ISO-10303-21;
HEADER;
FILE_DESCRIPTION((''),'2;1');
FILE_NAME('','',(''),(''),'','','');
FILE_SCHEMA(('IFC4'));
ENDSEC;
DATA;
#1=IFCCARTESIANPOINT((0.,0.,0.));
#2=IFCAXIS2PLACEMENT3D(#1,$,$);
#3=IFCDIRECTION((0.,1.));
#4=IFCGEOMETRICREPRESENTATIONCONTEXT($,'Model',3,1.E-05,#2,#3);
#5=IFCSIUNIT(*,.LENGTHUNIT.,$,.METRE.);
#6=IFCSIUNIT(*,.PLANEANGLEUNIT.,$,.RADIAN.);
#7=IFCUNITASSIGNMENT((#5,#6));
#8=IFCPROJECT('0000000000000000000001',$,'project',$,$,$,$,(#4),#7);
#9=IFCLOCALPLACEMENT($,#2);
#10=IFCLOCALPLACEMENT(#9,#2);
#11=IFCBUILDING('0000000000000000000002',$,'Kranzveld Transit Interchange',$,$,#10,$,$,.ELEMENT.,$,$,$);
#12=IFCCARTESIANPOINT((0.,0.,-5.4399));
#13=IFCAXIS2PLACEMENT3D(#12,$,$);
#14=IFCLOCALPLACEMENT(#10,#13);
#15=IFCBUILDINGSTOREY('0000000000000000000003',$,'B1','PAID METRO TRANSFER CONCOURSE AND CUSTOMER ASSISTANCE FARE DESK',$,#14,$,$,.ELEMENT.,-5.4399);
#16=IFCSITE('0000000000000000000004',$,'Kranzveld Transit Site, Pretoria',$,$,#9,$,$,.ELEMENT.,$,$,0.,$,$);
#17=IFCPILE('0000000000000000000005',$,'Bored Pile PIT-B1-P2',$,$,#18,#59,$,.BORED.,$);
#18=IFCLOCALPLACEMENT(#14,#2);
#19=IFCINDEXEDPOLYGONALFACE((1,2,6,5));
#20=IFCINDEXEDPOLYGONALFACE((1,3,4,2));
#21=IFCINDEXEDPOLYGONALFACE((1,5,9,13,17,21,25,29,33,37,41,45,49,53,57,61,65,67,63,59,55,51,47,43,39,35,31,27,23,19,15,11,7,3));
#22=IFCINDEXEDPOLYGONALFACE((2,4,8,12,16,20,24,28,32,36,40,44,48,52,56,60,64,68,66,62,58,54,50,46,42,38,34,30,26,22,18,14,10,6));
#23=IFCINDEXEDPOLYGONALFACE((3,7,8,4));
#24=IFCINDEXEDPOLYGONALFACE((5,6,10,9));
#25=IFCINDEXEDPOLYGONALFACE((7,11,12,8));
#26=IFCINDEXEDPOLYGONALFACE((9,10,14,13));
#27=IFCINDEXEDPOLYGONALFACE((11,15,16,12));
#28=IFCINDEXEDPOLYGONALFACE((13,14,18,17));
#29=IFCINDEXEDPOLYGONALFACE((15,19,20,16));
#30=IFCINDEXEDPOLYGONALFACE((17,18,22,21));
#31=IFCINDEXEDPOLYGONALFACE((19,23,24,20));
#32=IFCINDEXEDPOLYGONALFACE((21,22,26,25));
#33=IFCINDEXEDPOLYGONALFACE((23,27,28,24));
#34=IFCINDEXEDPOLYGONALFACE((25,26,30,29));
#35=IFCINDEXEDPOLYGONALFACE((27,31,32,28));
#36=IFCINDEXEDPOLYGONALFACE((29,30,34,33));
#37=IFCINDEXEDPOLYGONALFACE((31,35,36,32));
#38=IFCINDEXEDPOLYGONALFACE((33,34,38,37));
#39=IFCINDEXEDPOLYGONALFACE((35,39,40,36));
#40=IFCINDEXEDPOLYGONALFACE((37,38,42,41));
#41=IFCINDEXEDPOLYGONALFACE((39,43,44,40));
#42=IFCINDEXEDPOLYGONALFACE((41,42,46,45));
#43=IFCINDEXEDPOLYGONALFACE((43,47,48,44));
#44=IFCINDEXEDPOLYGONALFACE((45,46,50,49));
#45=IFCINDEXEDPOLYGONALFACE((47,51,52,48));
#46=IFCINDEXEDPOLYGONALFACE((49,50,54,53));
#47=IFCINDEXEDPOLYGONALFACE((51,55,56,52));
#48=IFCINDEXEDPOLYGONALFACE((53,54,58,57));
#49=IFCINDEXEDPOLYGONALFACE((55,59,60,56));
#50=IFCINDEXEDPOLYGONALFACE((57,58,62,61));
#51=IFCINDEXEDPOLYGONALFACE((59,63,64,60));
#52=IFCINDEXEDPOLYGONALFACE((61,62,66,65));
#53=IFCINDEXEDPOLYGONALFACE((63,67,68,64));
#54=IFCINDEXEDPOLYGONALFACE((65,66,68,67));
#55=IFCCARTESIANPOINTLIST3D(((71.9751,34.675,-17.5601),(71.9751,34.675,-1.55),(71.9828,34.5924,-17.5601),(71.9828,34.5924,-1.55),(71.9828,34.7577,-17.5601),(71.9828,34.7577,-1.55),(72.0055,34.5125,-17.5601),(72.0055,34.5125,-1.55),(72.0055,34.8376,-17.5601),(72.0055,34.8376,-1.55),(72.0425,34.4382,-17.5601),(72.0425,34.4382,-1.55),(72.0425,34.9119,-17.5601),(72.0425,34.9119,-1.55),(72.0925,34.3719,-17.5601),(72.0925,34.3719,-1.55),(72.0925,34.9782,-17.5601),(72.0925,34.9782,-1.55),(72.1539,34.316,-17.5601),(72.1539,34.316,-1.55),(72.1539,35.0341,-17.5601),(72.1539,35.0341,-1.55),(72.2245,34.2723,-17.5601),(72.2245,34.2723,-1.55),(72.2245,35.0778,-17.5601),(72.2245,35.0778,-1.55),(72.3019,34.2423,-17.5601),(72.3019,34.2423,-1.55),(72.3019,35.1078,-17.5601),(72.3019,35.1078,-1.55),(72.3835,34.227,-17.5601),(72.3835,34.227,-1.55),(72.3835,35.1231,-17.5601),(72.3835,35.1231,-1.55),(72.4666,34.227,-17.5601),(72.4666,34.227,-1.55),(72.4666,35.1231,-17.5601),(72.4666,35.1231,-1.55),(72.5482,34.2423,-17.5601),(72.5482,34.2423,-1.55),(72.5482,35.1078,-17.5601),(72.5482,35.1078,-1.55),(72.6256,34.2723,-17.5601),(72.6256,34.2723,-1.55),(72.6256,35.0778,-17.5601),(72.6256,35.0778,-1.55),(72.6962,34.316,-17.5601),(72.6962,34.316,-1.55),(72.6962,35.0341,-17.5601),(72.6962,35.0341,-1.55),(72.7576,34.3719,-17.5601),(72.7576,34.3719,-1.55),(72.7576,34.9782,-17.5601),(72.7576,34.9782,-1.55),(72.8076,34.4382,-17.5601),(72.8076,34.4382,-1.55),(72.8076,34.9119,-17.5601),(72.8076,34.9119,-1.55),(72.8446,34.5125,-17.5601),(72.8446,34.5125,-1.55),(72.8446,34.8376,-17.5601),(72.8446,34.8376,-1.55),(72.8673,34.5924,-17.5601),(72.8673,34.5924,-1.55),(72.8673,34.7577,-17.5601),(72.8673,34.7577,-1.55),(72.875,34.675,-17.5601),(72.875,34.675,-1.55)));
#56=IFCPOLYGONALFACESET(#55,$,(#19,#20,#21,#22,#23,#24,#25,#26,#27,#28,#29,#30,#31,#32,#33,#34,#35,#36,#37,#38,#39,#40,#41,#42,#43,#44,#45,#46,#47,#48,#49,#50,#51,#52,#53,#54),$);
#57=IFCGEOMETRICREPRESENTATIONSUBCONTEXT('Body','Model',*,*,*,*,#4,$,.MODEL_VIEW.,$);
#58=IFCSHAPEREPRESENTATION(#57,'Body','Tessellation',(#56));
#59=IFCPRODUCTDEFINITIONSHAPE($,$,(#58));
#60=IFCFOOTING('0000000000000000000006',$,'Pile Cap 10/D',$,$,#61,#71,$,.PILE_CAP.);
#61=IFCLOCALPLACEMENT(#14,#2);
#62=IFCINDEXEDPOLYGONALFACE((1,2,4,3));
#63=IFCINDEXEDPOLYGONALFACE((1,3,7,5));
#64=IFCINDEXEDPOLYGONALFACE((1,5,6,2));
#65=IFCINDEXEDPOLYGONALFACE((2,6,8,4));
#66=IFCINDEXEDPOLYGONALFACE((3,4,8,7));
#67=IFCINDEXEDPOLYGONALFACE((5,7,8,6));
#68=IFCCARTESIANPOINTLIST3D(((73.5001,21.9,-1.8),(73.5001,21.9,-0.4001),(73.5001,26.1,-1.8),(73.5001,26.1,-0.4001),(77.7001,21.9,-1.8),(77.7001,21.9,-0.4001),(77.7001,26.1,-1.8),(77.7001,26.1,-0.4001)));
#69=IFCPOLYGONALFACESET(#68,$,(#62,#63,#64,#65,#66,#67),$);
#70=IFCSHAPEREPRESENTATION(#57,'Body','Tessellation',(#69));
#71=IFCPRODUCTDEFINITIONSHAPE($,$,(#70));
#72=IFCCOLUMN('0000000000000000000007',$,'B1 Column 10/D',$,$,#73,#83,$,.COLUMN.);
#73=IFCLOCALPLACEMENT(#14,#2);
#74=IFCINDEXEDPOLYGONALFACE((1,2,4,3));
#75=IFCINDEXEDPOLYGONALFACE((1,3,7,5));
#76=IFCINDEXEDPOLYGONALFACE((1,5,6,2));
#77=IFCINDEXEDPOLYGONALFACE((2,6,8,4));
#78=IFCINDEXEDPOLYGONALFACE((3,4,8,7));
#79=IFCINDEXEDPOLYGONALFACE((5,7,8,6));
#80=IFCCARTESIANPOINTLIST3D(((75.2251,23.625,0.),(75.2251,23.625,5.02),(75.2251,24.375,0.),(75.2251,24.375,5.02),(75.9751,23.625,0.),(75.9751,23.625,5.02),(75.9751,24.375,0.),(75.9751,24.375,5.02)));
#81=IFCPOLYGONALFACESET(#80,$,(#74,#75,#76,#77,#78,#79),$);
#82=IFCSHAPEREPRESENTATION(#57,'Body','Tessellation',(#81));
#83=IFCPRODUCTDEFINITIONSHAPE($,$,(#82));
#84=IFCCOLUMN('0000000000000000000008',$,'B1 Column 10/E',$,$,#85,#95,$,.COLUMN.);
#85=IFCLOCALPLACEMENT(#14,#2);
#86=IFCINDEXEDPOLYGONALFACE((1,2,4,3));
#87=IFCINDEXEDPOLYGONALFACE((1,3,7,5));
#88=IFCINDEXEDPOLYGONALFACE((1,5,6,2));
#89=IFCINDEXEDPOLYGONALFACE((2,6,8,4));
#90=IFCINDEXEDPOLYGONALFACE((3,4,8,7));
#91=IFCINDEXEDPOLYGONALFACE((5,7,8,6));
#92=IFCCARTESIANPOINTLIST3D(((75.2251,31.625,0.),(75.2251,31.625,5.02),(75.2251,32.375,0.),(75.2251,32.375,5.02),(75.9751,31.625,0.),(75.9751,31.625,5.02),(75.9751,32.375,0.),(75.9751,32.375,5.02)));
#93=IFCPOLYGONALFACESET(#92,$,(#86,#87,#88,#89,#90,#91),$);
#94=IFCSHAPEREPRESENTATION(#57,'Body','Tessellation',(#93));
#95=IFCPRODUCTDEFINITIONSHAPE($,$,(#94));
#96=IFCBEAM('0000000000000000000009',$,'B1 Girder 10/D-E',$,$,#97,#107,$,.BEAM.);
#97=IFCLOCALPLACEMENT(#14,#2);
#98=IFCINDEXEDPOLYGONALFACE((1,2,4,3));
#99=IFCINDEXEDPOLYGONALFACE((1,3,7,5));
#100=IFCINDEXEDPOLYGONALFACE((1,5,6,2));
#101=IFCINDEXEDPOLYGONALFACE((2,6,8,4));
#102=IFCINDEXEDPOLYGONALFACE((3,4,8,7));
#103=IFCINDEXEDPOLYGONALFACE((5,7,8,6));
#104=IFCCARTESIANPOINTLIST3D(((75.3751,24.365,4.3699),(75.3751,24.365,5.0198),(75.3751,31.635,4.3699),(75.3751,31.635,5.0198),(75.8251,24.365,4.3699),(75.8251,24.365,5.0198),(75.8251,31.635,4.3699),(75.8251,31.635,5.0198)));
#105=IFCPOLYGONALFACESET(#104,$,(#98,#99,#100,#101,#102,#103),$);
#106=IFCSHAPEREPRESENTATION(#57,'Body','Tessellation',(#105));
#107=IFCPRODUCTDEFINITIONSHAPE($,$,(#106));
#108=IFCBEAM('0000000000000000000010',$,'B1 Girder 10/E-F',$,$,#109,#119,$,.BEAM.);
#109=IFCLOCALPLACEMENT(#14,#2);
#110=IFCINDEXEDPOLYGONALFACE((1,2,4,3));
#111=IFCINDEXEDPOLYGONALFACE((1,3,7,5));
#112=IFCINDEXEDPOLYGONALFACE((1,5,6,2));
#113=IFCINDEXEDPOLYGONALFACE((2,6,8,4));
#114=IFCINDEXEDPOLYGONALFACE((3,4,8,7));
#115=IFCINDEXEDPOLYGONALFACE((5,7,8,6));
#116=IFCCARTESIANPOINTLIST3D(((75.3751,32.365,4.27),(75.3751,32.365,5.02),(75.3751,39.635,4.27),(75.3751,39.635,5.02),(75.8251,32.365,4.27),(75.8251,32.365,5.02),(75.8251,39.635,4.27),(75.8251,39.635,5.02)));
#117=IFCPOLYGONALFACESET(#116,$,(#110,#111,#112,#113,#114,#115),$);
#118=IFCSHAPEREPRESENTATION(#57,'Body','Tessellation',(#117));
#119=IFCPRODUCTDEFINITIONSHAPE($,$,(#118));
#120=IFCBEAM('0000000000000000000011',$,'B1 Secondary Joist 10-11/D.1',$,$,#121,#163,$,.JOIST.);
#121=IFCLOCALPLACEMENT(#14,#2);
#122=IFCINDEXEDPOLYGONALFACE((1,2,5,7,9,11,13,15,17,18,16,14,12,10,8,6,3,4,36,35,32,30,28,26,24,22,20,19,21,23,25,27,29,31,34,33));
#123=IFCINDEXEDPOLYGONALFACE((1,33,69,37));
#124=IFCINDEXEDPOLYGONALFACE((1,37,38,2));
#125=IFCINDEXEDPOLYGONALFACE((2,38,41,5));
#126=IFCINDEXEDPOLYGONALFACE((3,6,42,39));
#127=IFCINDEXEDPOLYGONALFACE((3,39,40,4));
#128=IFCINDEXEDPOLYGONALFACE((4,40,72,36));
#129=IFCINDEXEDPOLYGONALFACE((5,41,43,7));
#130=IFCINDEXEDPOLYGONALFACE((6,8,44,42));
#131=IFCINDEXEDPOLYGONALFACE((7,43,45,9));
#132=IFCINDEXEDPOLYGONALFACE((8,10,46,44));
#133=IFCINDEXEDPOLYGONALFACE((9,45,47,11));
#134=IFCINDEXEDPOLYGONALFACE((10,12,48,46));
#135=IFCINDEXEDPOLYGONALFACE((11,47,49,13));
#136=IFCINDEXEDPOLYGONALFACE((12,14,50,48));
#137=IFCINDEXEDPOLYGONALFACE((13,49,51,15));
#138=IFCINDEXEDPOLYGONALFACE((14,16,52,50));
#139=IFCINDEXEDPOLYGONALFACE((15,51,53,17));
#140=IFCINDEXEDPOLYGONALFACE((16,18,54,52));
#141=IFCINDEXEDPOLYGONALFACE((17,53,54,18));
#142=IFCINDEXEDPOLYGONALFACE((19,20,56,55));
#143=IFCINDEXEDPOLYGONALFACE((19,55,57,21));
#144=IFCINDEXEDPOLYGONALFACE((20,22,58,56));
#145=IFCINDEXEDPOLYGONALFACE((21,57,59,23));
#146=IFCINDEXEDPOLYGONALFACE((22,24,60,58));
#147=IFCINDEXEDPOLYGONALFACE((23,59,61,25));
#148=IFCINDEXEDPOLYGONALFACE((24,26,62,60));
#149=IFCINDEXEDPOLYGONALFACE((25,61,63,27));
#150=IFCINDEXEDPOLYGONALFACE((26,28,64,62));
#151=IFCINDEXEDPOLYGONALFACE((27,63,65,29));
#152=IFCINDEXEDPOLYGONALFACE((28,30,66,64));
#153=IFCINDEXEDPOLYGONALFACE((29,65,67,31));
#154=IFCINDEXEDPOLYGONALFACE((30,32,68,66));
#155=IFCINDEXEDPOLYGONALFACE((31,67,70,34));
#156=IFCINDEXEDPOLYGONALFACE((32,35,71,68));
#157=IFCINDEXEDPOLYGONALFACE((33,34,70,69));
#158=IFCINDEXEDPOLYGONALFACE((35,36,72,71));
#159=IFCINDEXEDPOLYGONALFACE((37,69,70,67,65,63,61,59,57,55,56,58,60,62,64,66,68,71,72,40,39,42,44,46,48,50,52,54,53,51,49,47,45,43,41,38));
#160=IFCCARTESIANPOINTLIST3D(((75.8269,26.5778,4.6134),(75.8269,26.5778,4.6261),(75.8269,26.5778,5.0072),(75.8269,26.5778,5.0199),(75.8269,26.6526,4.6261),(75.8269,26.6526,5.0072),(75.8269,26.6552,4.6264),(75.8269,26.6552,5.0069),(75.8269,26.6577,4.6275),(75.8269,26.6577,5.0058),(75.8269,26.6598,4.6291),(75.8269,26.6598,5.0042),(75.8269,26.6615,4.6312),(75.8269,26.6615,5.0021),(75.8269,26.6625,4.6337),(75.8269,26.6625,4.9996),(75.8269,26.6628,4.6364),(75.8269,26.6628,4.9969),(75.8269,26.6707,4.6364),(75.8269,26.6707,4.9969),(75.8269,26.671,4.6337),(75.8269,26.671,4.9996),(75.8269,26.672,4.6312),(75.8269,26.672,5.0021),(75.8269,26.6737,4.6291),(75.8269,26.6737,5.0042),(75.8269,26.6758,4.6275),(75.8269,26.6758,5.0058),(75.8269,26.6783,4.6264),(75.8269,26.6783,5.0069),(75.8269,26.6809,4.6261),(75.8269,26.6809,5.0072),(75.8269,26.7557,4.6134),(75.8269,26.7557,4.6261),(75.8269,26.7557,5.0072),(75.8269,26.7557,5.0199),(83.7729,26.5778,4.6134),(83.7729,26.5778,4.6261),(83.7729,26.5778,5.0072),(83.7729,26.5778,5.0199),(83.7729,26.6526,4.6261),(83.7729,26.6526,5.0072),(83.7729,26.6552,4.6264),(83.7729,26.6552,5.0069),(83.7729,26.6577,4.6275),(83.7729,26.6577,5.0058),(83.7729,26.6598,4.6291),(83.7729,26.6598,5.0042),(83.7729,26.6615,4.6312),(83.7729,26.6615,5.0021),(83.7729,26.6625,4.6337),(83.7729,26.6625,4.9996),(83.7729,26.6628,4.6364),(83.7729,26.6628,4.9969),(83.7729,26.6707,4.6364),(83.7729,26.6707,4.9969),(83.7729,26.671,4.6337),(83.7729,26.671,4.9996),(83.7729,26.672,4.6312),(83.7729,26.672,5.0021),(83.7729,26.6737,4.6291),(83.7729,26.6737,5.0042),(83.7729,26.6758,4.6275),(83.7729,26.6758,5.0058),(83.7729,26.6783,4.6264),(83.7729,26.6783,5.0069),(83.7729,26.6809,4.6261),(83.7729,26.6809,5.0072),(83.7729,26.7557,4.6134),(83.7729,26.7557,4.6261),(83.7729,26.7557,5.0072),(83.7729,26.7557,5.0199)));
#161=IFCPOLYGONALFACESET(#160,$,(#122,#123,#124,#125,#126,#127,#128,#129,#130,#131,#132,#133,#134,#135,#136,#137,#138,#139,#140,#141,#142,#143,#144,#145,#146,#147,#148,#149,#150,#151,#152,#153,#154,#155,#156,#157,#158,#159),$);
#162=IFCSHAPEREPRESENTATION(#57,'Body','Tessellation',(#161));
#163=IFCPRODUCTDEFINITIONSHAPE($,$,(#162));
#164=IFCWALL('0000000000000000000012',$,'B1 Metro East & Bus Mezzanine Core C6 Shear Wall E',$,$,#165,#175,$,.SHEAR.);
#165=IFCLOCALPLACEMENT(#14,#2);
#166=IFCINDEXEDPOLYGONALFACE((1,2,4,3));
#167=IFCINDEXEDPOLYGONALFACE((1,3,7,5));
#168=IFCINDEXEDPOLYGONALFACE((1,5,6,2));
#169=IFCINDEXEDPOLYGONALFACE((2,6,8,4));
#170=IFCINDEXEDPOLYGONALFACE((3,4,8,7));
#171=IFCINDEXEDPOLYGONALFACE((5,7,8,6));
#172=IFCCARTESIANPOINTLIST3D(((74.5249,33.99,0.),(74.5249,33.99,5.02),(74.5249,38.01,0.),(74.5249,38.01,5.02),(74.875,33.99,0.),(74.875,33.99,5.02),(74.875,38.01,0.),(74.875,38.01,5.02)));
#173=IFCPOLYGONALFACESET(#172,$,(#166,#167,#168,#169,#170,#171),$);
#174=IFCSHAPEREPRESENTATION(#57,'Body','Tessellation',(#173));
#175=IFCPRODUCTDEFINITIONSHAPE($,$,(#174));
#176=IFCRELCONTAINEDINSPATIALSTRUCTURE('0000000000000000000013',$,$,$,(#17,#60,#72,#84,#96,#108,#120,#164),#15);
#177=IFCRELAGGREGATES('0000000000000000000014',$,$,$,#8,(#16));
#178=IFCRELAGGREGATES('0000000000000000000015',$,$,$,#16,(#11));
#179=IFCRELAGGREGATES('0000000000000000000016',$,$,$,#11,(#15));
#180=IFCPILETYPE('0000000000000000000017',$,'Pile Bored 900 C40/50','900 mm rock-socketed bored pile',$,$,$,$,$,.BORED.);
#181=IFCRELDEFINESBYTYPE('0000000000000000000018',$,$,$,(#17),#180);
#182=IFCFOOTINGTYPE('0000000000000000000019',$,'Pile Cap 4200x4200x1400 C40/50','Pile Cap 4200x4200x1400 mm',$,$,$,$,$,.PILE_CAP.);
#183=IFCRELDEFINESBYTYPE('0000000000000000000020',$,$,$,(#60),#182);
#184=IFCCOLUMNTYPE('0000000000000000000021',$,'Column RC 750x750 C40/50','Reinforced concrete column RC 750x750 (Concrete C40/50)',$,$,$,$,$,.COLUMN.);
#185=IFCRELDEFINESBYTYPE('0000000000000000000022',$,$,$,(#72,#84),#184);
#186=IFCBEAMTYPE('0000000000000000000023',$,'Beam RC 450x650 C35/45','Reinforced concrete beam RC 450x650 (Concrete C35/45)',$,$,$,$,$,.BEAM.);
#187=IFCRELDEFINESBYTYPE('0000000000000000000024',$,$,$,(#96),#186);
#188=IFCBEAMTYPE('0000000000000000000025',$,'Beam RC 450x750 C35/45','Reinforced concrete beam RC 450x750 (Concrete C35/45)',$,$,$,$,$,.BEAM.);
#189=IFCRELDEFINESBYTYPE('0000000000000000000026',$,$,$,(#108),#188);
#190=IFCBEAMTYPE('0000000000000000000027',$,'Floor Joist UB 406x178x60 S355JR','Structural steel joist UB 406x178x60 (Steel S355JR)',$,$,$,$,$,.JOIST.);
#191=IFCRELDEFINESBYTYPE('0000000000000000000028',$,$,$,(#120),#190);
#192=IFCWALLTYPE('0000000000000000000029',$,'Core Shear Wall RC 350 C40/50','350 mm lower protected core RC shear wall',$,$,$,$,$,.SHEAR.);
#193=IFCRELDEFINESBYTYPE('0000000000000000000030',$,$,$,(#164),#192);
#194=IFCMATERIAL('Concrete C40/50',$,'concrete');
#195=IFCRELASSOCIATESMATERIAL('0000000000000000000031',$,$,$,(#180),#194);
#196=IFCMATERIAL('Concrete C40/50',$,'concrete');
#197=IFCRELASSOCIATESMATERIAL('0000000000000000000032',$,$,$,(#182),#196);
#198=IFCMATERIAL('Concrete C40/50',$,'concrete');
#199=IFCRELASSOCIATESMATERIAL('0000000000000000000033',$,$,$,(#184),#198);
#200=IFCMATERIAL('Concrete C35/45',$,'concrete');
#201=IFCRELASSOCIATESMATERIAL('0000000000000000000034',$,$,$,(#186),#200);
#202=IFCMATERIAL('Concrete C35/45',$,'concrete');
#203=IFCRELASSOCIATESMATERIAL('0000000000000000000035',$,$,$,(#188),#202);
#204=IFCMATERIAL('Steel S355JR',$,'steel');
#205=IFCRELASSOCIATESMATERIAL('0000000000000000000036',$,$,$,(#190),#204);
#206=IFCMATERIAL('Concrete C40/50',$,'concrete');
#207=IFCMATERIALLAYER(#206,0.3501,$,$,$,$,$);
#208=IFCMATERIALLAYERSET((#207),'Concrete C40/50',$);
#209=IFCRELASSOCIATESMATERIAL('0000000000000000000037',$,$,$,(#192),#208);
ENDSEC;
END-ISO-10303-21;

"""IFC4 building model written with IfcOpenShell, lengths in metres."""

from ifc_helpers import new_model, si_unit, direction, frame, frame_2d, origin, origin_2d, place, context, subcontext, project, spatial, rectangle, circle, i_section, extrude, material, layer, layer_set, material_profile, profile_set, type_object, element, save


model = new_model("IFC4")

# Units and contexts
model_context = context("Model", 3, precision=1e-05, world=origin(), true_north=direction((0.0, 1.0)))
body_context = subcontext(model_context, "Body", "Model", "MODEL_VIEW")
ifc_project = project(units=[si_unit("LENGTHUNIT", "METRE"), si_unit("PLANEANGLEUNIT", "RADIAN")], contexts=[model_context])

# Site, building, storey
site_placement = place(None, origin())
site = spatial("IfcSite", under=ifc_project, at=site_placement, Name="Kranzveld Transit Site, Pretoria", CompositionType="ELEMENT", RefElevation=0.0)
building_placement = place(site_placement, origin())
building = spatial("IfcBuilding", under=site, at=building_placement, Name="Kranzveld Transit Interchange", CompositionType="ELEMENT")
storey_placement = place(building_placement, frame((0.0, 0.0, -5.4399)))
storey = spatial("IfcBuildingStorey", under=building, at=storey_placement, Name="B1", Description="PAID METRO TRANSFER CONCOURSE AND CUSTOMER ASSISTANCE FARE DESK", CompositionType="ELEMENT", Elevation=-5.4399)

# Pile
ifc_material_1 = material(Name="Concrete C40/50", Category="concrete")
ifc_material_profile_1 = material_profile(ifc_material_1, circle(Radius=0.45, at=origin_2d()), Name="BORED PILE 900")
ifc_profile_set_1 = profile_set([ifc_material_profile_1], Name="Concrete C40/50")
pile_type_1 = type_object("IfcPileType", Name="Pile Bored 900 C40/50", Description="900 mm rock-socketed bored pile", PredefinedType="BORED", material=ifc_profile_set_1)
for number, where, z_axis, x_axis, name in (
    (1, (72.425, 34.675, -1.55), (0.0, 0.0, -1.0), (1.0, 0.0, 0.0), "Bored Pile PIT-B1-P2"),
):
    element("IfcPile", number, at=place(storey_placement, frame(where, z_axis=z_axis, x_axis=x_axis)), inside=storey, type_object=pile_type_1, Name=name, PredefinedType="BORED", context=body_context, shape_type="SweptSolid", body=[
        extrude(circle(Radius=0.45, at=origin_2d()), origin(), (0.0, 0.0, 1.0), 16.01),
    ])

# Footing
ifc_material_2 = material(Name="Concrete C40/50", Category="concrete")
footing_type_1 = type_object("IfcFootingType", Name="Pile Cap 4200x4200x1400 C40/50", Description="Pile Cap 4200x4200x1400 mm", PredefinedType="PILE_CAP", material=ifc_material_2)
footing_placement = place(storey_placement, frame((75.6001, 24.0, -1.8), z_axis=(0.0, 0.0, 1.0), x_axis=(1.0, 0.0, 0.0)))
element("IfcFooting", 2, at=footing_placement, inside=storey, type_object=footing_type_1, Name="Pile Cap 10/D", PredefinedType="PILE_CAP", context=body_context, shape_type="SweptSolid", body=[
    extrude(rectangle(XDim=4.2, YDim=4.2, at=origin_2d()), origin(), (0.0, 0.0, 1.0), 1.3999),
])

# Columns
ifc_material_3 = material(Name="Concrete C40/50", Category="concrete")
ifc_material_profile_2 = material_profile(ifc_material_3, rectangle(XDim=0.75, YDim=0.75, at=origin_2d()), Name="RC 750x750")
ifc_profile_set_2 = profile_set([ifc_material_profile_2], Name="Concrete C40/50")
column_type = type_object("IfcColumnType", Name="Column RC 750x750 C40/50", Description="Reinforced concrete column RC 750x750 (Concrete C40/50)", PredefinedType="COLUMN", material=ifc_profile_set_2)
for number, where, z_axis, x_axis, name in (
    (3, (75.6001, 24.0, 0.0), (0.0, 0.0, 1.0), (1.0, 0.0, 0.0), "B1 Column 10/D"),
    (4, (75.6001, 32.0, 0.0), (0.0, 0.0, 1.0), (1.0, 0.0, 0.0), "B1 Column 10/E"),
):
    element("IfcColumn", number, at=place(storey_placement, frame(where, z_axis=z_axis, x_axis=x_axis)), inside=storey, type_object=column_type, Name=name, PredefinedType="COLUMN", context=body_context, shape_type="SweptSolid", body=[
        extrude(rectangle(XDim=0.75, YDim=0.75, at=origin_2d()), origin(), (0.0, 0.0, 1.0), 5.02),
    ])

# Beams
ifc_material_4 = material(Name="Concrete C35/45", Category="concrete")
ifc_material_profile_3 = material_profile(ifc_material_4, rectangle(XDim=0.45, YDim=0.6499, at=origin_2d()), Name="RC 450x650")
ifc_profile_set_3 = profile_set([ifc_material_profile_3], Name="Concrete C35/45")
beam_type_1 = type_object("IfcBeamType", Name="Beam RC 450x650 C35/45", Description="Reinforced concrete beam RC 450x650 (Concrete C35/45)", PredefinedType="BEAM", material=ifc_profile_set_3)
beam_1_placement = place(storey_placement, frame((75.6001, 24.365, 4.6948), z_axis=(0.0, 1.0, 0.0), x_axis=(-1.0, 0.0, 0.0)))
element("IfcBeam", 5, at=beam_1_placement, inside=storey, type_object=beam_type_1, Name="B1 Girder 10/D-E", PredefinedType="BEAM", context=body_context, shape_type="SweptSolid", body=[
    extrude(rectangle(XDim=0.45, YDim=0.6499, at=origin_2d()), origin(), (0.0, 0.0, 1.0), 7.27),
])
ifc_material_5 = material(Name="Concrete C35/45", Category="concrete")
ifc_material_profile_4 = material_profile(ifc_material_5, rectangle(XDim=0.45, YDim=0.75, at=origin_2d()), Name="RC 450x750")
ifc_profile_set_4 = profile_set([ifc_material_profile_4], Name="Concrete C35/45")
beam_type_2 = type_object("IfcBeamType", Name="Beam RC 450x750 C35/45", Description="Reinforced concrete beam RC 450x750 (Concrete C35/45)", PredefinedType="BEAM", material=ifc_profile_set_4)
beam_2_placement = place(storey_placement, frame((75.6001, 32.365, 4.645), z_axis=(0.0, 1.0, 0.0), x_axis=(-1.0, 0.0, 0.0)))
element("IfcBeam", 6, at=beam_2_placement, inside=storey, type_object=beam_type_2, Name="B1 Girder 10/E-F", PredefinedType="BEAM", context=body_context, shape_type="SweptSolid", body=[
    extrude(rectangle(XDim=0.45, YDim=0.75, at=origin_2d()), origin(), (0.0, 0.0, 1.0), 7.27),
])
ifc_material_6 = material(Name="Steel S355JR", Category="steel")
ifc_material_profile_5 = material_profile(ifc_material_6, i_section(OverallWidth=0.178, OverallDepth=0.4065, WebThickness=0.0078, FlangeThickness=0.0127, FilletRadius=0.0103, at=origin_2d()), Name="UB 406x178x60")
ifc_profile_set_5 = profile_set([ifc_material_profile_5], Name="Steel S355JR")
beam_type_3 = type_object("IfcBeamType", Name="Floor Joist UB 406x178x60 S355JR", Description="Structural steel joist UB 406x178x60 (Steel S355JR)", PredefinedType="JOIST", material=ifc_profile_set_5)
beam_3_placement = place(storey_placement, frame((75.8269, 26.6667, 4.8167), z_axis=(1.0, 0.0, 0.0), x_axis=(0.0, 1.0, 0.0)))
element("IfcBeam", 7, at=beam_3_placement, inside=storey, type_object=beam_type_3, Name="B1 Secondary Joist 10-11/D.1", PredefinedType="JOIST", context=body_context, shape_type="SweptSolid", body=[
    extrude(i_section(OverallWidth=0.178, OverallDepth=0.4065, WebThickness=0.0078, FlangeThickness=0.0127, FilletRadius=0.0103, at=origin_2d()), origin(), (0.0, 0.0, 1.0), 7.946),
])

# Wall
ifc_material_7 = material(Name="Concrete C40/50", Category="concrete")
ifc_layer_1 = layer(ifc_material_7, 0.3501)
ifc_layer_set_1 = layer_set([ifc_layer_1], Name="Concrete C40/50")
wall_type_1 = type_object("IfcWallType", Name="Core Shear Wall RC 350 C40/50", Description="350 mm lower protected core RC shear wall", PredefinedType="SHEAR", material=ifc_layer_set_1)
wall_1_placement = place(storey_placement, frame((74.7, 33.99, 0.0), z_axis=(0.0, 0.0, 1.0), x_axis=(0.0, 1.0, 0.0)))
element("IfcWall", 8, at=wall_1_placement, inside=storey, type_object=wall_type_1, Name="B1 Metro East & Bus Mezzanine Core C6 Shear Wall E", PredefinedType="SHEAR", context=body_context, shape_type="SweptSolid", body=[
    extrude(rectangle(XDim=4.02, YDim=0.3501, at=frame_2d((2.01, 0.0))), origin(), (0.0, 0.0, 1.0), 5.02),
])

save(model, "model.ifc")
